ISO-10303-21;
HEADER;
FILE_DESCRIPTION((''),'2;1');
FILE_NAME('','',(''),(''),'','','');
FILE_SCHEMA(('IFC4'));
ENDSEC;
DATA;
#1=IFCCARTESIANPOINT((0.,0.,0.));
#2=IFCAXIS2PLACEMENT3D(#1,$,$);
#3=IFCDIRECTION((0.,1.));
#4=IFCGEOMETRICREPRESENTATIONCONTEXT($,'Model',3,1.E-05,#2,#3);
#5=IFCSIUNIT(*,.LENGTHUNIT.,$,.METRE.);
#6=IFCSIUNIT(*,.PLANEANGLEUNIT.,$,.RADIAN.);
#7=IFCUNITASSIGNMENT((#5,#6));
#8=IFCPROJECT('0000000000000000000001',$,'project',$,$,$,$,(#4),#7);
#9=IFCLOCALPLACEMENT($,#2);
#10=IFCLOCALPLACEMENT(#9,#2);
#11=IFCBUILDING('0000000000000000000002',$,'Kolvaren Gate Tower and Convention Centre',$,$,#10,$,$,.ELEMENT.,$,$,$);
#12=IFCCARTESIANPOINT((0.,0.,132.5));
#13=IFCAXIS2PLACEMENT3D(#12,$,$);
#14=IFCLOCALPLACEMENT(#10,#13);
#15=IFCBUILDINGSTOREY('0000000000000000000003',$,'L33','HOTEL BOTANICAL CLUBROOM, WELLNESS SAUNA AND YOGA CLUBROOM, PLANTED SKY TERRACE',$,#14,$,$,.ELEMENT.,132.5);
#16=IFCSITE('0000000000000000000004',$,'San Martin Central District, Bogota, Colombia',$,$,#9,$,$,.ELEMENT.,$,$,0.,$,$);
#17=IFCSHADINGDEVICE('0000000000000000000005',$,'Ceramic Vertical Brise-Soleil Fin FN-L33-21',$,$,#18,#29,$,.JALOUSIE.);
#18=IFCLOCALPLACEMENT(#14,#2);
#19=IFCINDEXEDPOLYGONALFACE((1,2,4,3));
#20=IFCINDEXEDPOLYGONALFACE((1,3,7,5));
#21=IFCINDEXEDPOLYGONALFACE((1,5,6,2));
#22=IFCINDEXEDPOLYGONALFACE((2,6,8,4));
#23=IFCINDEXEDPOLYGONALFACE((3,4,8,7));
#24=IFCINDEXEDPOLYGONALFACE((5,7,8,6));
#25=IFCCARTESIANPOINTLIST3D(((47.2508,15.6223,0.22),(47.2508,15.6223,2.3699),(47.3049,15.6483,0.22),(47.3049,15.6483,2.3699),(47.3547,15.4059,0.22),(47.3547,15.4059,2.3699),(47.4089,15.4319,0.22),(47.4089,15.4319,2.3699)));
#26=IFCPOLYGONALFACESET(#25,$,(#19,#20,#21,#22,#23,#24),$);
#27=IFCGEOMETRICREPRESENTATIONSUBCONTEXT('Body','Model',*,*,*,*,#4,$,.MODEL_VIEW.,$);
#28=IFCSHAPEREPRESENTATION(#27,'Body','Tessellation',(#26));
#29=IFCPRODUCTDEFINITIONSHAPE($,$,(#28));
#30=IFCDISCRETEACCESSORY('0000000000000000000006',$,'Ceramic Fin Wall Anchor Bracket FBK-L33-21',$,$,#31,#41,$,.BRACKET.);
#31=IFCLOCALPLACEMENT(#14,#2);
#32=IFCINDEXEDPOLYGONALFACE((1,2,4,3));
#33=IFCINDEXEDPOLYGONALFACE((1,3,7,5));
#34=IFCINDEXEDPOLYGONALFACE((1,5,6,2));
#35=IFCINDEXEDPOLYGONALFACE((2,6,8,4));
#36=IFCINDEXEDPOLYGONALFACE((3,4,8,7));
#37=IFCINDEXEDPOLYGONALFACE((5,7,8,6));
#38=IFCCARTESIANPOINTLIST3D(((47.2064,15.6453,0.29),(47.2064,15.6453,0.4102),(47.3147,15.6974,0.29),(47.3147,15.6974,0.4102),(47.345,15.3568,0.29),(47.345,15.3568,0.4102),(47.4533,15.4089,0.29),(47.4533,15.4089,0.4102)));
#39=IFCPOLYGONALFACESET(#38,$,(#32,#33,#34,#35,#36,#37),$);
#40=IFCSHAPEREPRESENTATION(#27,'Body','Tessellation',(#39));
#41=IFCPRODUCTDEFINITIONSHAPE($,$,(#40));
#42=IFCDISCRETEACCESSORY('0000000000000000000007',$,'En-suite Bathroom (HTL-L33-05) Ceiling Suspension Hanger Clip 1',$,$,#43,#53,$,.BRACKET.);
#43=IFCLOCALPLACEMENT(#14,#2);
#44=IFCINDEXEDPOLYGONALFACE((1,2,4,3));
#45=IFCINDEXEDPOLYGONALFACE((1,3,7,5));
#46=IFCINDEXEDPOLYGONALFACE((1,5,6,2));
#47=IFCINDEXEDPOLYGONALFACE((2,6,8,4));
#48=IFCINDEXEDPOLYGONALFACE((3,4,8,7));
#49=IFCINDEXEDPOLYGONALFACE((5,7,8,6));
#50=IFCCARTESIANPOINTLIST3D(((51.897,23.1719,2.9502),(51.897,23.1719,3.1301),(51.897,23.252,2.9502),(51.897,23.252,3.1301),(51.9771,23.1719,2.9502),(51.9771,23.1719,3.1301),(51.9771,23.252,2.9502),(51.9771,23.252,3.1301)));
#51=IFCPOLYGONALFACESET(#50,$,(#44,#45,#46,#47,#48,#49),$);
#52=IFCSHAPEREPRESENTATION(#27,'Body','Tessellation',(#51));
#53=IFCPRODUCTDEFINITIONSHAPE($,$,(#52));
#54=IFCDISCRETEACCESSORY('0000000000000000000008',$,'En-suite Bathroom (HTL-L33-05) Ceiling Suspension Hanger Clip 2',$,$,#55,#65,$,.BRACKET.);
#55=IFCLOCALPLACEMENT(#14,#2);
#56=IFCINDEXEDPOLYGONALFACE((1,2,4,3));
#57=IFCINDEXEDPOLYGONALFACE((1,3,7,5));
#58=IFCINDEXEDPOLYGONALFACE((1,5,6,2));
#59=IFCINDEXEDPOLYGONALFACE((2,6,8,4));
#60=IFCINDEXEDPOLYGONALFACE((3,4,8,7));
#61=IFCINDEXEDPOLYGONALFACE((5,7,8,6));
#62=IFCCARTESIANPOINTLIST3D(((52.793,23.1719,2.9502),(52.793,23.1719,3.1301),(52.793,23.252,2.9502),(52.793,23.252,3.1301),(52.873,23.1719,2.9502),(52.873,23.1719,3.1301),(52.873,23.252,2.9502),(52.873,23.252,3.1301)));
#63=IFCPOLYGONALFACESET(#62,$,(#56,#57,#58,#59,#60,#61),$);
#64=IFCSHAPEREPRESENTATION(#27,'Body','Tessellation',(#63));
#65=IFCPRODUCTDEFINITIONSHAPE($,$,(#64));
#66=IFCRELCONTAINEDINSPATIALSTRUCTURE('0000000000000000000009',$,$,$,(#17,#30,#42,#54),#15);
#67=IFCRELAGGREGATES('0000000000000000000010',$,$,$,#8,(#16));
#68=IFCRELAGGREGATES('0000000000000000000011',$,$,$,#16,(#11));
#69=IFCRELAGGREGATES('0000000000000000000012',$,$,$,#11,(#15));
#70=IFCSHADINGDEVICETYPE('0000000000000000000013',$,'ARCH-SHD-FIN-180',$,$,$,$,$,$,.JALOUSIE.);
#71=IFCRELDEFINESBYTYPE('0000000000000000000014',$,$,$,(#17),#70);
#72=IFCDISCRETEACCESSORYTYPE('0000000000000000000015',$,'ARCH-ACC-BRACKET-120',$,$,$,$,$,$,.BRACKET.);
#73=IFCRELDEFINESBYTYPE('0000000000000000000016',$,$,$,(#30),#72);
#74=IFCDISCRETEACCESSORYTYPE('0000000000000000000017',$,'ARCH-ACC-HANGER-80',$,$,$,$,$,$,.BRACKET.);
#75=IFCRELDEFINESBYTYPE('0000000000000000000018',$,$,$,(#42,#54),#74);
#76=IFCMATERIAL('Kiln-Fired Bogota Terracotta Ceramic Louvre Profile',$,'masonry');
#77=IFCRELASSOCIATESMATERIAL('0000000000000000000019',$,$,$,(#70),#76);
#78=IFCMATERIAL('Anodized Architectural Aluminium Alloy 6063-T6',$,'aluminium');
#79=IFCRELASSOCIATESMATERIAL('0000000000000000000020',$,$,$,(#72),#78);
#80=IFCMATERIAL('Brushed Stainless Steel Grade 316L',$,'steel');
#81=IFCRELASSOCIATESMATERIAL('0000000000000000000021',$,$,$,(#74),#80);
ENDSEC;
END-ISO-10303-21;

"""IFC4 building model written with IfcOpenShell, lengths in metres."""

from ifc_helpers import new_model, si_unit, direction, frame, origin, origin_2d, place, context, subcontext, project, spatial, rectangle, extrude, material, type_object, element, save


model = new_model("IFC4")

# Units and contexts
model_context = context("Model", 3, precision=1e-05, world=origin(), true_north=direction((0.0, 1.0)))
body_context = subcontext(model_context, "Body", "Model", "MODEL_VIEW")
ifc_project = project(units=[si_unit("LENGTHUNIT", "METRE"), si_unit("PLANEANGLEUNIT", "RADIAN")], contexts=[model_context])

# Site, building, storey
site_placement = place(None, origin())
site = spatial("IfcSite", under=ifc_project, at=site_placement, Name="San Martin Central District, Bogota, Colombia", CompositionType="ELEMENT", RefElevation=0.0)
building_placement = place(site_placement, origin())
building = spatial("IfcBuilding", under=site, at=building_placement, Name="Kolvaren Gate Tower and Convention Centre", CompositionType="ELEMENT")
storey_placement = place(building_placement, frame((0.0, 0.0, 132.5)))
storey = spatial("IfcBuildingStorey", under=building, at=storey_placement, Name="L33", Description="HOTEL BOTANICAL CLUBROOM, WELLNESS SAUNA AND YOGA CLUBROOM, PLANTED SKY TERRACE", CompositionType="ELEMENT", Elevation=132.5)

# Shared definitions
ifc_material_1 = material(Name="Brushed Stainless Steel Grade 316L", Category="steel")

# Shading device
ifc_material_2 = material(Name="Kiln-Fired Bogota Terracotta Ceramic Louvre Profile", Category="masonry")
shading_device_type = type_object("IfcShadingDeviceType", Name="ARCH-SHD-FIN-180", PredefinedType="JALOUSIE", material=ifc_material_2)
shading_device_placement = place(storey_placement, frame((47.3298, 15.5271, 0.22), z_axis=(0.0, 0.0, 1.0), x_axis=(0.901363, 0.433065, 0.0)))
element("IfcShadingDevice", 1, at=shading_device_placement, inside=storey, type_object=shading_device_type, Name="Ceramic Vertical Brise-Soleil Fin FN-L33-21", PredefinedType="JALOUSIE", context=body_context, shape_type="SweptSolid", body=[
    extrude(rectangle(XDim=0.0601, YDim=0.24, at=origin_2d()), origin(), (0.0, 0.0, 1.0), 2.1499),
])

# Discrete accessories
ifc_material_3 = material(Name="Anodized Architectural Aluminium Alloy 6063-T6", Category="aluminium")
discrete_accessory_type_1 = type_object("IfcDiscreteAccessoryType", Name="ARCH-ACC-BRACKET-120", PredefinedType="BRACKET", material=ifc_material_3)
discrete_accessory_placement = place(storey_placement, frame((47.3298, 15.5271, 0.29), z_axis=(0.0, 0.0, 1.0), x_axis=(0.901363, 0.433065, 0.0)))
element("IfcDiscreteAccessory", 2, at=discrete_accessory_placement, inside=storey, type_object=discrete_accessory_type_1, Name="Ceramic Fin Wall Anchor Bracket FBK-L33-21", PredefinedType="BRACKET", context=body_context, shape_type="SweptSolid", body=[
    extrude(rectangle(XDim=0.1201, YDim=0.3201, at=origin_2d()), origin(), (0.0, 0.0, 1.0), 0.1201),
])
discrete_accessory_type_2 = type_object("IfcDiscreteAccessoryType", Name="ARCH-ACC-HANGER-80", PredefinedType="BRACKET", material=ifc_material_1)
for number, where, z_axis, x_axis, name in (
    (3, (51.937, 23.2119, 2.9502), (0.0, 0.0, 1.0), (1.0, 0.0, 0.0), "En-suite Bathroom (HTL-L33-05) Ceiling Suspension Hanger Clip 1"),
    (4, (52.833, 23.2119, 2.9502), (0.0, 0.0, 1.0), (1.0, 0.0, 0.0), "En-suite Bathroom (HTL-L33-05) Ceiling Suspension Hanger Clip 2"),
):
    element("IfcDiscreteAccessory", number, at=place(storey_placement, frame(where, z_axis=z_axis, x_axis=x_axis)), inside=storey, type_object=discrete_accessory_type_2, Name=name, PredefinedType="BRACKET", context=body_context, shape_type="SweptSolid", body=[
        extrude(rectangle(XDim=0.0801, YDim=0.0801, at=origin_2d()), origin(), (0.0, 0.0, 1.0), 0.1799),
    ])

save(model, "model.ifc")
